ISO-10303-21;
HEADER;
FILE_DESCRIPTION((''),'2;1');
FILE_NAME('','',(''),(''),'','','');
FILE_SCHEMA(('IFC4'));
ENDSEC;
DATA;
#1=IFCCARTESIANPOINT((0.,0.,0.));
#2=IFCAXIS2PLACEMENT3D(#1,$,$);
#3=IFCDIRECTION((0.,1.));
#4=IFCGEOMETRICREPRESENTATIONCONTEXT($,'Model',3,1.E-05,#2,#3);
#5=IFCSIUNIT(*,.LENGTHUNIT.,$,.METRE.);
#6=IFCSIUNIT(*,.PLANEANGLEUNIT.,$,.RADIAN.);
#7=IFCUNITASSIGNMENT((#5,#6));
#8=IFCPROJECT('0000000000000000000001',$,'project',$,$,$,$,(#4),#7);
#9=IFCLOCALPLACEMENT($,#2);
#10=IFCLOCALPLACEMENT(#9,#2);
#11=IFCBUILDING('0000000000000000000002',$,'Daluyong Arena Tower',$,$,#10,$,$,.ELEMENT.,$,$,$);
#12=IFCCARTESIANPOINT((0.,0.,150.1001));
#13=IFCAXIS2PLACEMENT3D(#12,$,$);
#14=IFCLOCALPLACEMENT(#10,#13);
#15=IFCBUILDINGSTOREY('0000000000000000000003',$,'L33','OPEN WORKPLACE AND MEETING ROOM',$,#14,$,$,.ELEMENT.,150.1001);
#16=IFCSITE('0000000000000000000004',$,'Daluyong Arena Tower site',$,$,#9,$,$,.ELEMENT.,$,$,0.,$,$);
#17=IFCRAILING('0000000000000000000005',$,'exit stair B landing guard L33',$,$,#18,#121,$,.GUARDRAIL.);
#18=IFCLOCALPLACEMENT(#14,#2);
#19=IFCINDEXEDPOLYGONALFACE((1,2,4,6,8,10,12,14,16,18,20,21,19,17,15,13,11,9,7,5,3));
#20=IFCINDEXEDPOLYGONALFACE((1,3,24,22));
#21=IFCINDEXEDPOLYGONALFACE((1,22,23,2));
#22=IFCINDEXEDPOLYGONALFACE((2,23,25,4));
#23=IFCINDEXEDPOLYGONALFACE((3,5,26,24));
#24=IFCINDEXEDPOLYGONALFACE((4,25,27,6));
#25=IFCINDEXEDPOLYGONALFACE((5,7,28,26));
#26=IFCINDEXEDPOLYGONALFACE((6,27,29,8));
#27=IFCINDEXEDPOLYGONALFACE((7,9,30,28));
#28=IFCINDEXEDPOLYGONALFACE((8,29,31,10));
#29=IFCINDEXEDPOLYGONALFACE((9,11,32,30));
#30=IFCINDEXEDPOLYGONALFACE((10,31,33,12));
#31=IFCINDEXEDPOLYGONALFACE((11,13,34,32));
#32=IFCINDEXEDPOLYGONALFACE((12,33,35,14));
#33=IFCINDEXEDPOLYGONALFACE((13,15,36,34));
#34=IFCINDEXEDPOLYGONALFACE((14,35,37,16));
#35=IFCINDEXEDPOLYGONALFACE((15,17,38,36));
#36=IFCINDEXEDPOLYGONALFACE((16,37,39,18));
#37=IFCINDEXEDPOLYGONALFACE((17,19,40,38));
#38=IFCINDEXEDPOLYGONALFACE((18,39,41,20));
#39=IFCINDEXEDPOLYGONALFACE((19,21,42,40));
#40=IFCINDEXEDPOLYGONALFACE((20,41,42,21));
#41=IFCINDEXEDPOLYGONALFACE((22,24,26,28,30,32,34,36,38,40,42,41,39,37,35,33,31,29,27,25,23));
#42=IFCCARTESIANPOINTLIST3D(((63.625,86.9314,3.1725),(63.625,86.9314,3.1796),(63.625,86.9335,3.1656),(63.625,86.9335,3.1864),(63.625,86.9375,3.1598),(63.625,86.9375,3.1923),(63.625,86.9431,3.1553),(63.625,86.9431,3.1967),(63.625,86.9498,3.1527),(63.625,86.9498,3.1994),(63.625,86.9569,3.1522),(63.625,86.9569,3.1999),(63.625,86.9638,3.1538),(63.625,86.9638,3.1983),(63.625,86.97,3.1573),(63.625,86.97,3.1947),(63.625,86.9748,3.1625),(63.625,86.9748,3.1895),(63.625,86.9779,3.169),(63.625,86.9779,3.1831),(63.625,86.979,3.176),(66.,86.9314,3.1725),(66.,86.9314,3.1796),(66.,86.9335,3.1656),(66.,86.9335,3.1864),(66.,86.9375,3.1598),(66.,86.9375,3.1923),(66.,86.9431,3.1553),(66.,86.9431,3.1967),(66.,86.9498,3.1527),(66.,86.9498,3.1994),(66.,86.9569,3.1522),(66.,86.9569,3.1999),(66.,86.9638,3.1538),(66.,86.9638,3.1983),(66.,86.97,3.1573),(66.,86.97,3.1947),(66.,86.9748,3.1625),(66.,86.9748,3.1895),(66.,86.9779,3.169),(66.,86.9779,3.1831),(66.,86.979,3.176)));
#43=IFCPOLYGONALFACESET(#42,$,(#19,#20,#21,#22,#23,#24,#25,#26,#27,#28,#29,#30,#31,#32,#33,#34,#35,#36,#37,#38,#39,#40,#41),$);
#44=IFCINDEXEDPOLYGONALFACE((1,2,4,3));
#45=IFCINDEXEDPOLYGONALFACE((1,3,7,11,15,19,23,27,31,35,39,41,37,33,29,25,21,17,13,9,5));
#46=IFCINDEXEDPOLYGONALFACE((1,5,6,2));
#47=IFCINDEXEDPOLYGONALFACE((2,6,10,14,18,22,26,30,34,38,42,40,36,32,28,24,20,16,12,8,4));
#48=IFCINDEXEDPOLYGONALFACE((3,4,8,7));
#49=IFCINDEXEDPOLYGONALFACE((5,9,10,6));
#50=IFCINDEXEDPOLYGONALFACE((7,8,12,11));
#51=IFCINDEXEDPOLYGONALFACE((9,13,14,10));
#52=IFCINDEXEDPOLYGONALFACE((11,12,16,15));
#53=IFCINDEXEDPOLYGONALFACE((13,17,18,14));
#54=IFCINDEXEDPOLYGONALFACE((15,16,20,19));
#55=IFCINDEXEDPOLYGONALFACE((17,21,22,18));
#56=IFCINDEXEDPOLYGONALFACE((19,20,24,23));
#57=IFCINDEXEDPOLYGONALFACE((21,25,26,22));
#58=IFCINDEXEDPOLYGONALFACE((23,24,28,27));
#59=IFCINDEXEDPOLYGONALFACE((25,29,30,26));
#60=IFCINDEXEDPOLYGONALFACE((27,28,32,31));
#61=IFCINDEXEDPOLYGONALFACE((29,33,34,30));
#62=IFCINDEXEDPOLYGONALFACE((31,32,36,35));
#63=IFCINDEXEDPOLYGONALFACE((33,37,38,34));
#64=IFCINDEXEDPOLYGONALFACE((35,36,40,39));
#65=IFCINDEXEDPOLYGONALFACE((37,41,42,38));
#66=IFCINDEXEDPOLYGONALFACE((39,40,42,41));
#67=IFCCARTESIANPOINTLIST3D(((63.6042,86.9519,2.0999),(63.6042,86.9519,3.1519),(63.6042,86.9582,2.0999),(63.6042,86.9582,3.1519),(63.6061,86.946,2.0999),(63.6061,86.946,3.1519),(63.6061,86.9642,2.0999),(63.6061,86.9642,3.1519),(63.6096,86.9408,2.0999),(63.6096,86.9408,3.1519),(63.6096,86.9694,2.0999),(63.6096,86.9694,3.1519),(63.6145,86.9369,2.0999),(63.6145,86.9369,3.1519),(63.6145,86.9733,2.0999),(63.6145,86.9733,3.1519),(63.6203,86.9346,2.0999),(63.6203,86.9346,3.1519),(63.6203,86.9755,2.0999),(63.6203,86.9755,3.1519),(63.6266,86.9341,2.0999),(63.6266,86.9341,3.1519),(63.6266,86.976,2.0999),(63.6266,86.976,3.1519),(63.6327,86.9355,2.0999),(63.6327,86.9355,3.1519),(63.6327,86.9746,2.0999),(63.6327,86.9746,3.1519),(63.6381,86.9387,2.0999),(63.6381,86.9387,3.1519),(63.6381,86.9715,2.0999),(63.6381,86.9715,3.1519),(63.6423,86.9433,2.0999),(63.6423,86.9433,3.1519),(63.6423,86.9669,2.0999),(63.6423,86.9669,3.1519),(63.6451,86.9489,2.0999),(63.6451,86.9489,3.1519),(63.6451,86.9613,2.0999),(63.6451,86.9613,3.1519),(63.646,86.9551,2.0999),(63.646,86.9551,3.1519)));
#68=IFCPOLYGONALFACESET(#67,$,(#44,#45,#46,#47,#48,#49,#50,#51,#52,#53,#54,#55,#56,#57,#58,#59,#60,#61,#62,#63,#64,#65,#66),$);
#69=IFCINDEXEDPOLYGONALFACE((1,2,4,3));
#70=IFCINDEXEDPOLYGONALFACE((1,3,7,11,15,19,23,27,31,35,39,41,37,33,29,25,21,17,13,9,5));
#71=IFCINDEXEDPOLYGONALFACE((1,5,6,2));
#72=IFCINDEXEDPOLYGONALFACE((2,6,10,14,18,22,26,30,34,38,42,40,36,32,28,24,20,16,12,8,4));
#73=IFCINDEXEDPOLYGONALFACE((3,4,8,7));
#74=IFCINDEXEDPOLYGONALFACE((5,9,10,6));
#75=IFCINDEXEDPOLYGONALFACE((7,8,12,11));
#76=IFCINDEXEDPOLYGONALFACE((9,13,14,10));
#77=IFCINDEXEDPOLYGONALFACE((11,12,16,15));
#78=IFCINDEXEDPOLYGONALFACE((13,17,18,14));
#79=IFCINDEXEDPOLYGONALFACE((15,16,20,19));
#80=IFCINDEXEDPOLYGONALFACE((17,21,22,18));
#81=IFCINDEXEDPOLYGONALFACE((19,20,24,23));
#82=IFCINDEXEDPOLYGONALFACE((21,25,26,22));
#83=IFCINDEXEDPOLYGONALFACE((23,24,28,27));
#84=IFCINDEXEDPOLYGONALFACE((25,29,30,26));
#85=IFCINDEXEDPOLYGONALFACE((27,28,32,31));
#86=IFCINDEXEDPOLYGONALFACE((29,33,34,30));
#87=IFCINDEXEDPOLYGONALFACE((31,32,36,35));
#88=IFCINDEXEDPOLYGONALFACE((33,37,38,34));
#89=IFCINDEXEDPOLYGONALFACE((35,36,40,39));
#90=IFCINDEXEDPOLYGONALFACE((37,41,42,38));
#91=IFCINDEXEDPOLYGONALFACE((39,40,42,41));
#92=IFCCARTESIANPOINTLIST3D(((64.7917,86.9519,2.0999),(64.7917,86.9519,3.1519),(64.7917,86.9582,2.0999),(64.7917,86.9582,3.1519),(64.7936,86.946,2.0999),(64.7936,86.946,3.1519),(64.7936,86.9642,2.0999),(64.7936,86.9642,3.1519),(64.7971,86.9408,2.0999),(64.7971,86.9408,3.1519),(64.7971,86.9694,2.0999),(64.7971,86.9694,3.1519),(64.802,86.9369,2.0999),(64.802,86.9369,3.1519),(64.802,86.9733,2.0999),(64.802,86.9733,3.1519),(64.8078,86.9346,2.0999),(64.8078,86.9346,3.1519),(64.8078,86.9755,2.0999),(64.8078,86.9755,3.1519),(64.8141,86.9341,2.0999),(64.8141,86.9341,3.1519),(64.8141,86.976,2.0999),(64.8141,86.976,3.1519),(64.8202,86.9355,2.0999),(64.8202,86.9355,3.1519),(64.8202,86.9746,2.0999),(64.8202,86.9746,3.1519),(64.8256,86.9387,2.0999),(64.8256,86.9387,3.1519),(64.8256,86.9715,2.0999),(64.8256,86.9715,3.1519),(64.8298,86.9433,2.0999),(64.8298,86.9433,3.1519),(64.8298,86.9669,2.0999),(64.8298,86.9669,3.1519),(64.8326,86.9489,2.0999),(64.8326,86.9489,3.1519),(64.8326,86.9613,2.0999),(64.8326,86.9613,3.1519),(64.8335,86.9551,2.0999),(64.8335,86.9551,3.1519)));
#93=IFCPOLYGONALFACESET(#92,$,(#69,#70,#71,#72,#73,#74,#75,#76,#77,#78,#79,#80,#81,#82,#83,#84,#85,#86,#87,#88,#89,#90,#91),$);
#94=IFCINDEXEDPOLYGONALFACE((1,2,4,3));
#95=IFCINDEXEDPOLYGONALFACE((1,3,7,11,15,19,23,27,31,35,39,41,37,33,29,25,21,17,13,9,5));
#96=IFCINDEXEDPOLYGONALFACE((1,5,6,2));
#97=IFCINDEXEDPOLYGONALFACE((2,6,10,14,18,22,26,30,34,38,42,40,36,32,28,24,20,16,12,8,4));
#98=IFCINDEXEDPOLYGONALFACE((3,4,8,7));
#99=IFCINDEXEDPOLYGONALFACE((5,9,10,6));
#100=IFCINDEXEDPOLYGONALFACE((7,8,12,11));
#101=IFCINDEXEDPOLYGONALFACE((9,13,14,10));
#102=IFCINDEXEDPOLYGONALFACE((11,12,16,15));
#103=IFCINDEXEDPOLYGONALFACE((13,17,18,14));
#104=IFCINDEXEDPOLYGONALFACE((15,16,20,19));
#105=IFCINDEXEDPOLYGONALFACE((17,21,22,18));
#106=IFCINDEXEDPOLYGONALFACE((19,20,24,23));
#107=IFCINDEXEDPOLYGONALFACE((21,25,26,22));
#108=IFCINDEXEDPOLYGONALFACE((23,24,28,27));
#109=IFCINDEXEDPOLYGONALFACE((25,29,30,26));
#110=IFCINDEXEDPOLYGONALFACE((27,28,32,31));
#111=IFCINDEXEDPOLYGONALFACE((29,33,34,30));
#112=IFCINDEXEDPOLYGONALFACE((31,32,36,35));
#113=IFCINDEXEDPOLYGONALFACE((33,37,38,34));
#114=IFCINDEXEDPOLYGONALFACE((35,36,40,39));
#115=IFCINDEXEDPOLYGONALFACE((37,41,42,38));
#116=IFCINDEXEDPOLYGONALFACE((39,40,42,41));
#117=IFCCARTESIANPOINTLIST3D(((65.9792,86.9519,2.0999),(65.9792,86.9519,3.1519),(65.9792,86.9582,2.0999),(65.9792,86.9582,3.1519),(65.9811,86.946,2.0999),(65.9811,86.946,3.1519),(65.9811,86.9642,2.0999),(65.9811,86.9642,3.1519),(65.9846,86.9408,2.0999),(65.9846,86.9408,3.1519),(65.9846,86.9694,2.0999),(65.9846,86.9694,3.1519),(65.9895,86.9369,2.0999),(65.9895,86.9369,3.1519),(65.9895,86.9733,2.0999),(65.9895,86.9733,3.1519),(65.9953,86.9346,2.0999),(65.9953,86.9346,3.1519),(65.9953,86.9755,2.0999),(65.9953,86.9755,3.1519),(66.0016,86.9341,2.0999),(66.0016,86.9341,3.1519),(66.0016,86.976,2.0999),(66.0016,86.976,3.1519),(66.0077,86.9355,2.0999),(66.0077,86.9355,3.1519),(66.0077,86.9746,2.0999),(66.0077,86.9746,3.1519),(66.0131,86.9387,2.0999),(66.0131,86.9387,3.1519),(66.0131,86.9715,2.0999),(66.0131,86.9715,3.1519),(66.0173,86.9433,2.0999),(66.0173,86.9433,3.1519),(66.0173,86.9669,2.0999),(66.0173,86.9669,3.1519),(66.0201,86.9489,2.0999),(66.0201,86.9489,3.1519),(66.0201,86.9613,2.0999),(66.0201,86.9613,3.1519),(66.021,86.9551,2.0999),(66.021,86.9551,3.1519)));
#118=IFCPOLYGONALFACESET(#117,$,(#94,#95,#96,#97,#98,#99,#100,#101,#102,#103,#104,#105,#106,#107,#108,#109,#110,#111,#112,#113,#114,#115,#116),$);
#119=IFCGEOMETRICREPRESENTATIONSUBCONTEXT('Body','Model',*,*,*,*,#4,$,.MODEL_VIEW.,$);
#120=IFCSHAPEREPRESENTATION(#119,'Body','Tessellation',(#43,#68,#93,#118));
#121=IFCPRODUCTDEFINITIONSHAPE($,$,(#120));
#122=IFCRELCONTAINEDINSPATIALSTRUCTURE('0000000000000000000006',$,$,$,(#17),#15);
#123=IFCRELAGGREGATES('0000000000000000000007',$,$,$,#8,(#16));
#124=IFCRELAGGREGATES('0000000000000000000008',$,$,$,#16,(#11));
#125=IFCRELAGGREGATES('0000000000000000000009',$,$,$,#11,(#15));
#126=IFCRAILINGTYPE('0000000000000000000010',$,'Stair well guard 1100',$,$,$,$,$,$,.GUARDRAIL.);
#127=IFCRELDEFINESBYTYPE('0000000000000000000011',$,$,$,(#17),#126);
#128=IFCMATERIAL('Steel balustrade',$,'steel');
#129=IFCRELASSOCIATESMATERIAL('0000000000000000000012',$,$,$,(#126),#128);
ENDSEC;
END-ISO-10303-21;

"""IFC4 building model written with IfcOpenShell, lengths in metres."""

from ifc_helpers import new_model, si_unit, direction, frame, origin, origin_2d, place, context, subcontext, project, spatial, circle, extrude, material, type_object, element, save


model = new_model("IFC4")

# Units and contexts
model_context = context("Model", 3, precision=1e-05, world=origin(), true_north=direction((0.0, 1.0)))
body_context = subcontext(model_context, "Body", "Model", "MODEL_VIEW")
ifc_project = project(units=[si_unit("LENGTHUNIT", "METRE"), si_unit("PLANEANGLEUNIT", "RADIAN")], contexts=[model_context])

# Site, building, storey
site_placement = place(None, origin())
site = spatial("IfcSite", under=ifc_project, at=site_placement, Name="Daluyong Arena Tower site", CompositionType="ELEMENT", RefElevation=0.0)
building_placement = place(site_placement, origin())
building = spatial("IfcBuilding", under=site, at=building_placement, Name="Daluyong Arena Tower", CompositionType="ELEMENT")
storey_placement = place(building_placement, frame((0.0, 0.0, 150.1001)))
storey = spatial("IfcBuildingStorey", under=building, at=storey_placement, Name="L33", Description="OPEN WORKPLACE AND MEETING ROOM", CompositionType="ELEMENT", Elevation=150.1001)

# Railing
ifc_material_1 = material(Name="Steel balustrade", Category="steel")
railing_type_1 = type_object("IfcRailingType", Name="Stair well guard 1100", PredefinedType="GUARDRAIL", material=ifc_material_1)
railing_1_placement = place(storey_placement, frame((63.625, 86.9551, 2.0999)))
element("IfcRailing", 1, at=railing_1_placement, inside=storey, type_object=railing_type_1, Name="exit stair B landing guard L33", PredefinedType="GUARDRAIL", context=body_context, shape_type="SweptSolid", body=[
    extrude(circle(Radius=0.0239, at=origin_2d()), frame((0.0, 0.0, 1.0762), z_axis=(1.0, 0.0, 0.0), x_axis=(0.0, 1.0, 0.0)), (0.0, 0.0, 1.0), 2.375),
    extrude(circle(Radius=0.021, at=origin_2d()), origin(), (0.0, 0.0, 1.0), 1.052),
    extrude(circle(Radius=0.021, at=origin_2d()), frame((1.1875, 0.0, 0.0)), (0.0, 0.0, 1.0), 1.052),
    extrude(circle(Radius=0.021, at=origin_2d()), frame((2.375, 0.0, 0.0)), (0.0, 0.0, 1.0), 1.052),
])

save(model, "model.ifc")
